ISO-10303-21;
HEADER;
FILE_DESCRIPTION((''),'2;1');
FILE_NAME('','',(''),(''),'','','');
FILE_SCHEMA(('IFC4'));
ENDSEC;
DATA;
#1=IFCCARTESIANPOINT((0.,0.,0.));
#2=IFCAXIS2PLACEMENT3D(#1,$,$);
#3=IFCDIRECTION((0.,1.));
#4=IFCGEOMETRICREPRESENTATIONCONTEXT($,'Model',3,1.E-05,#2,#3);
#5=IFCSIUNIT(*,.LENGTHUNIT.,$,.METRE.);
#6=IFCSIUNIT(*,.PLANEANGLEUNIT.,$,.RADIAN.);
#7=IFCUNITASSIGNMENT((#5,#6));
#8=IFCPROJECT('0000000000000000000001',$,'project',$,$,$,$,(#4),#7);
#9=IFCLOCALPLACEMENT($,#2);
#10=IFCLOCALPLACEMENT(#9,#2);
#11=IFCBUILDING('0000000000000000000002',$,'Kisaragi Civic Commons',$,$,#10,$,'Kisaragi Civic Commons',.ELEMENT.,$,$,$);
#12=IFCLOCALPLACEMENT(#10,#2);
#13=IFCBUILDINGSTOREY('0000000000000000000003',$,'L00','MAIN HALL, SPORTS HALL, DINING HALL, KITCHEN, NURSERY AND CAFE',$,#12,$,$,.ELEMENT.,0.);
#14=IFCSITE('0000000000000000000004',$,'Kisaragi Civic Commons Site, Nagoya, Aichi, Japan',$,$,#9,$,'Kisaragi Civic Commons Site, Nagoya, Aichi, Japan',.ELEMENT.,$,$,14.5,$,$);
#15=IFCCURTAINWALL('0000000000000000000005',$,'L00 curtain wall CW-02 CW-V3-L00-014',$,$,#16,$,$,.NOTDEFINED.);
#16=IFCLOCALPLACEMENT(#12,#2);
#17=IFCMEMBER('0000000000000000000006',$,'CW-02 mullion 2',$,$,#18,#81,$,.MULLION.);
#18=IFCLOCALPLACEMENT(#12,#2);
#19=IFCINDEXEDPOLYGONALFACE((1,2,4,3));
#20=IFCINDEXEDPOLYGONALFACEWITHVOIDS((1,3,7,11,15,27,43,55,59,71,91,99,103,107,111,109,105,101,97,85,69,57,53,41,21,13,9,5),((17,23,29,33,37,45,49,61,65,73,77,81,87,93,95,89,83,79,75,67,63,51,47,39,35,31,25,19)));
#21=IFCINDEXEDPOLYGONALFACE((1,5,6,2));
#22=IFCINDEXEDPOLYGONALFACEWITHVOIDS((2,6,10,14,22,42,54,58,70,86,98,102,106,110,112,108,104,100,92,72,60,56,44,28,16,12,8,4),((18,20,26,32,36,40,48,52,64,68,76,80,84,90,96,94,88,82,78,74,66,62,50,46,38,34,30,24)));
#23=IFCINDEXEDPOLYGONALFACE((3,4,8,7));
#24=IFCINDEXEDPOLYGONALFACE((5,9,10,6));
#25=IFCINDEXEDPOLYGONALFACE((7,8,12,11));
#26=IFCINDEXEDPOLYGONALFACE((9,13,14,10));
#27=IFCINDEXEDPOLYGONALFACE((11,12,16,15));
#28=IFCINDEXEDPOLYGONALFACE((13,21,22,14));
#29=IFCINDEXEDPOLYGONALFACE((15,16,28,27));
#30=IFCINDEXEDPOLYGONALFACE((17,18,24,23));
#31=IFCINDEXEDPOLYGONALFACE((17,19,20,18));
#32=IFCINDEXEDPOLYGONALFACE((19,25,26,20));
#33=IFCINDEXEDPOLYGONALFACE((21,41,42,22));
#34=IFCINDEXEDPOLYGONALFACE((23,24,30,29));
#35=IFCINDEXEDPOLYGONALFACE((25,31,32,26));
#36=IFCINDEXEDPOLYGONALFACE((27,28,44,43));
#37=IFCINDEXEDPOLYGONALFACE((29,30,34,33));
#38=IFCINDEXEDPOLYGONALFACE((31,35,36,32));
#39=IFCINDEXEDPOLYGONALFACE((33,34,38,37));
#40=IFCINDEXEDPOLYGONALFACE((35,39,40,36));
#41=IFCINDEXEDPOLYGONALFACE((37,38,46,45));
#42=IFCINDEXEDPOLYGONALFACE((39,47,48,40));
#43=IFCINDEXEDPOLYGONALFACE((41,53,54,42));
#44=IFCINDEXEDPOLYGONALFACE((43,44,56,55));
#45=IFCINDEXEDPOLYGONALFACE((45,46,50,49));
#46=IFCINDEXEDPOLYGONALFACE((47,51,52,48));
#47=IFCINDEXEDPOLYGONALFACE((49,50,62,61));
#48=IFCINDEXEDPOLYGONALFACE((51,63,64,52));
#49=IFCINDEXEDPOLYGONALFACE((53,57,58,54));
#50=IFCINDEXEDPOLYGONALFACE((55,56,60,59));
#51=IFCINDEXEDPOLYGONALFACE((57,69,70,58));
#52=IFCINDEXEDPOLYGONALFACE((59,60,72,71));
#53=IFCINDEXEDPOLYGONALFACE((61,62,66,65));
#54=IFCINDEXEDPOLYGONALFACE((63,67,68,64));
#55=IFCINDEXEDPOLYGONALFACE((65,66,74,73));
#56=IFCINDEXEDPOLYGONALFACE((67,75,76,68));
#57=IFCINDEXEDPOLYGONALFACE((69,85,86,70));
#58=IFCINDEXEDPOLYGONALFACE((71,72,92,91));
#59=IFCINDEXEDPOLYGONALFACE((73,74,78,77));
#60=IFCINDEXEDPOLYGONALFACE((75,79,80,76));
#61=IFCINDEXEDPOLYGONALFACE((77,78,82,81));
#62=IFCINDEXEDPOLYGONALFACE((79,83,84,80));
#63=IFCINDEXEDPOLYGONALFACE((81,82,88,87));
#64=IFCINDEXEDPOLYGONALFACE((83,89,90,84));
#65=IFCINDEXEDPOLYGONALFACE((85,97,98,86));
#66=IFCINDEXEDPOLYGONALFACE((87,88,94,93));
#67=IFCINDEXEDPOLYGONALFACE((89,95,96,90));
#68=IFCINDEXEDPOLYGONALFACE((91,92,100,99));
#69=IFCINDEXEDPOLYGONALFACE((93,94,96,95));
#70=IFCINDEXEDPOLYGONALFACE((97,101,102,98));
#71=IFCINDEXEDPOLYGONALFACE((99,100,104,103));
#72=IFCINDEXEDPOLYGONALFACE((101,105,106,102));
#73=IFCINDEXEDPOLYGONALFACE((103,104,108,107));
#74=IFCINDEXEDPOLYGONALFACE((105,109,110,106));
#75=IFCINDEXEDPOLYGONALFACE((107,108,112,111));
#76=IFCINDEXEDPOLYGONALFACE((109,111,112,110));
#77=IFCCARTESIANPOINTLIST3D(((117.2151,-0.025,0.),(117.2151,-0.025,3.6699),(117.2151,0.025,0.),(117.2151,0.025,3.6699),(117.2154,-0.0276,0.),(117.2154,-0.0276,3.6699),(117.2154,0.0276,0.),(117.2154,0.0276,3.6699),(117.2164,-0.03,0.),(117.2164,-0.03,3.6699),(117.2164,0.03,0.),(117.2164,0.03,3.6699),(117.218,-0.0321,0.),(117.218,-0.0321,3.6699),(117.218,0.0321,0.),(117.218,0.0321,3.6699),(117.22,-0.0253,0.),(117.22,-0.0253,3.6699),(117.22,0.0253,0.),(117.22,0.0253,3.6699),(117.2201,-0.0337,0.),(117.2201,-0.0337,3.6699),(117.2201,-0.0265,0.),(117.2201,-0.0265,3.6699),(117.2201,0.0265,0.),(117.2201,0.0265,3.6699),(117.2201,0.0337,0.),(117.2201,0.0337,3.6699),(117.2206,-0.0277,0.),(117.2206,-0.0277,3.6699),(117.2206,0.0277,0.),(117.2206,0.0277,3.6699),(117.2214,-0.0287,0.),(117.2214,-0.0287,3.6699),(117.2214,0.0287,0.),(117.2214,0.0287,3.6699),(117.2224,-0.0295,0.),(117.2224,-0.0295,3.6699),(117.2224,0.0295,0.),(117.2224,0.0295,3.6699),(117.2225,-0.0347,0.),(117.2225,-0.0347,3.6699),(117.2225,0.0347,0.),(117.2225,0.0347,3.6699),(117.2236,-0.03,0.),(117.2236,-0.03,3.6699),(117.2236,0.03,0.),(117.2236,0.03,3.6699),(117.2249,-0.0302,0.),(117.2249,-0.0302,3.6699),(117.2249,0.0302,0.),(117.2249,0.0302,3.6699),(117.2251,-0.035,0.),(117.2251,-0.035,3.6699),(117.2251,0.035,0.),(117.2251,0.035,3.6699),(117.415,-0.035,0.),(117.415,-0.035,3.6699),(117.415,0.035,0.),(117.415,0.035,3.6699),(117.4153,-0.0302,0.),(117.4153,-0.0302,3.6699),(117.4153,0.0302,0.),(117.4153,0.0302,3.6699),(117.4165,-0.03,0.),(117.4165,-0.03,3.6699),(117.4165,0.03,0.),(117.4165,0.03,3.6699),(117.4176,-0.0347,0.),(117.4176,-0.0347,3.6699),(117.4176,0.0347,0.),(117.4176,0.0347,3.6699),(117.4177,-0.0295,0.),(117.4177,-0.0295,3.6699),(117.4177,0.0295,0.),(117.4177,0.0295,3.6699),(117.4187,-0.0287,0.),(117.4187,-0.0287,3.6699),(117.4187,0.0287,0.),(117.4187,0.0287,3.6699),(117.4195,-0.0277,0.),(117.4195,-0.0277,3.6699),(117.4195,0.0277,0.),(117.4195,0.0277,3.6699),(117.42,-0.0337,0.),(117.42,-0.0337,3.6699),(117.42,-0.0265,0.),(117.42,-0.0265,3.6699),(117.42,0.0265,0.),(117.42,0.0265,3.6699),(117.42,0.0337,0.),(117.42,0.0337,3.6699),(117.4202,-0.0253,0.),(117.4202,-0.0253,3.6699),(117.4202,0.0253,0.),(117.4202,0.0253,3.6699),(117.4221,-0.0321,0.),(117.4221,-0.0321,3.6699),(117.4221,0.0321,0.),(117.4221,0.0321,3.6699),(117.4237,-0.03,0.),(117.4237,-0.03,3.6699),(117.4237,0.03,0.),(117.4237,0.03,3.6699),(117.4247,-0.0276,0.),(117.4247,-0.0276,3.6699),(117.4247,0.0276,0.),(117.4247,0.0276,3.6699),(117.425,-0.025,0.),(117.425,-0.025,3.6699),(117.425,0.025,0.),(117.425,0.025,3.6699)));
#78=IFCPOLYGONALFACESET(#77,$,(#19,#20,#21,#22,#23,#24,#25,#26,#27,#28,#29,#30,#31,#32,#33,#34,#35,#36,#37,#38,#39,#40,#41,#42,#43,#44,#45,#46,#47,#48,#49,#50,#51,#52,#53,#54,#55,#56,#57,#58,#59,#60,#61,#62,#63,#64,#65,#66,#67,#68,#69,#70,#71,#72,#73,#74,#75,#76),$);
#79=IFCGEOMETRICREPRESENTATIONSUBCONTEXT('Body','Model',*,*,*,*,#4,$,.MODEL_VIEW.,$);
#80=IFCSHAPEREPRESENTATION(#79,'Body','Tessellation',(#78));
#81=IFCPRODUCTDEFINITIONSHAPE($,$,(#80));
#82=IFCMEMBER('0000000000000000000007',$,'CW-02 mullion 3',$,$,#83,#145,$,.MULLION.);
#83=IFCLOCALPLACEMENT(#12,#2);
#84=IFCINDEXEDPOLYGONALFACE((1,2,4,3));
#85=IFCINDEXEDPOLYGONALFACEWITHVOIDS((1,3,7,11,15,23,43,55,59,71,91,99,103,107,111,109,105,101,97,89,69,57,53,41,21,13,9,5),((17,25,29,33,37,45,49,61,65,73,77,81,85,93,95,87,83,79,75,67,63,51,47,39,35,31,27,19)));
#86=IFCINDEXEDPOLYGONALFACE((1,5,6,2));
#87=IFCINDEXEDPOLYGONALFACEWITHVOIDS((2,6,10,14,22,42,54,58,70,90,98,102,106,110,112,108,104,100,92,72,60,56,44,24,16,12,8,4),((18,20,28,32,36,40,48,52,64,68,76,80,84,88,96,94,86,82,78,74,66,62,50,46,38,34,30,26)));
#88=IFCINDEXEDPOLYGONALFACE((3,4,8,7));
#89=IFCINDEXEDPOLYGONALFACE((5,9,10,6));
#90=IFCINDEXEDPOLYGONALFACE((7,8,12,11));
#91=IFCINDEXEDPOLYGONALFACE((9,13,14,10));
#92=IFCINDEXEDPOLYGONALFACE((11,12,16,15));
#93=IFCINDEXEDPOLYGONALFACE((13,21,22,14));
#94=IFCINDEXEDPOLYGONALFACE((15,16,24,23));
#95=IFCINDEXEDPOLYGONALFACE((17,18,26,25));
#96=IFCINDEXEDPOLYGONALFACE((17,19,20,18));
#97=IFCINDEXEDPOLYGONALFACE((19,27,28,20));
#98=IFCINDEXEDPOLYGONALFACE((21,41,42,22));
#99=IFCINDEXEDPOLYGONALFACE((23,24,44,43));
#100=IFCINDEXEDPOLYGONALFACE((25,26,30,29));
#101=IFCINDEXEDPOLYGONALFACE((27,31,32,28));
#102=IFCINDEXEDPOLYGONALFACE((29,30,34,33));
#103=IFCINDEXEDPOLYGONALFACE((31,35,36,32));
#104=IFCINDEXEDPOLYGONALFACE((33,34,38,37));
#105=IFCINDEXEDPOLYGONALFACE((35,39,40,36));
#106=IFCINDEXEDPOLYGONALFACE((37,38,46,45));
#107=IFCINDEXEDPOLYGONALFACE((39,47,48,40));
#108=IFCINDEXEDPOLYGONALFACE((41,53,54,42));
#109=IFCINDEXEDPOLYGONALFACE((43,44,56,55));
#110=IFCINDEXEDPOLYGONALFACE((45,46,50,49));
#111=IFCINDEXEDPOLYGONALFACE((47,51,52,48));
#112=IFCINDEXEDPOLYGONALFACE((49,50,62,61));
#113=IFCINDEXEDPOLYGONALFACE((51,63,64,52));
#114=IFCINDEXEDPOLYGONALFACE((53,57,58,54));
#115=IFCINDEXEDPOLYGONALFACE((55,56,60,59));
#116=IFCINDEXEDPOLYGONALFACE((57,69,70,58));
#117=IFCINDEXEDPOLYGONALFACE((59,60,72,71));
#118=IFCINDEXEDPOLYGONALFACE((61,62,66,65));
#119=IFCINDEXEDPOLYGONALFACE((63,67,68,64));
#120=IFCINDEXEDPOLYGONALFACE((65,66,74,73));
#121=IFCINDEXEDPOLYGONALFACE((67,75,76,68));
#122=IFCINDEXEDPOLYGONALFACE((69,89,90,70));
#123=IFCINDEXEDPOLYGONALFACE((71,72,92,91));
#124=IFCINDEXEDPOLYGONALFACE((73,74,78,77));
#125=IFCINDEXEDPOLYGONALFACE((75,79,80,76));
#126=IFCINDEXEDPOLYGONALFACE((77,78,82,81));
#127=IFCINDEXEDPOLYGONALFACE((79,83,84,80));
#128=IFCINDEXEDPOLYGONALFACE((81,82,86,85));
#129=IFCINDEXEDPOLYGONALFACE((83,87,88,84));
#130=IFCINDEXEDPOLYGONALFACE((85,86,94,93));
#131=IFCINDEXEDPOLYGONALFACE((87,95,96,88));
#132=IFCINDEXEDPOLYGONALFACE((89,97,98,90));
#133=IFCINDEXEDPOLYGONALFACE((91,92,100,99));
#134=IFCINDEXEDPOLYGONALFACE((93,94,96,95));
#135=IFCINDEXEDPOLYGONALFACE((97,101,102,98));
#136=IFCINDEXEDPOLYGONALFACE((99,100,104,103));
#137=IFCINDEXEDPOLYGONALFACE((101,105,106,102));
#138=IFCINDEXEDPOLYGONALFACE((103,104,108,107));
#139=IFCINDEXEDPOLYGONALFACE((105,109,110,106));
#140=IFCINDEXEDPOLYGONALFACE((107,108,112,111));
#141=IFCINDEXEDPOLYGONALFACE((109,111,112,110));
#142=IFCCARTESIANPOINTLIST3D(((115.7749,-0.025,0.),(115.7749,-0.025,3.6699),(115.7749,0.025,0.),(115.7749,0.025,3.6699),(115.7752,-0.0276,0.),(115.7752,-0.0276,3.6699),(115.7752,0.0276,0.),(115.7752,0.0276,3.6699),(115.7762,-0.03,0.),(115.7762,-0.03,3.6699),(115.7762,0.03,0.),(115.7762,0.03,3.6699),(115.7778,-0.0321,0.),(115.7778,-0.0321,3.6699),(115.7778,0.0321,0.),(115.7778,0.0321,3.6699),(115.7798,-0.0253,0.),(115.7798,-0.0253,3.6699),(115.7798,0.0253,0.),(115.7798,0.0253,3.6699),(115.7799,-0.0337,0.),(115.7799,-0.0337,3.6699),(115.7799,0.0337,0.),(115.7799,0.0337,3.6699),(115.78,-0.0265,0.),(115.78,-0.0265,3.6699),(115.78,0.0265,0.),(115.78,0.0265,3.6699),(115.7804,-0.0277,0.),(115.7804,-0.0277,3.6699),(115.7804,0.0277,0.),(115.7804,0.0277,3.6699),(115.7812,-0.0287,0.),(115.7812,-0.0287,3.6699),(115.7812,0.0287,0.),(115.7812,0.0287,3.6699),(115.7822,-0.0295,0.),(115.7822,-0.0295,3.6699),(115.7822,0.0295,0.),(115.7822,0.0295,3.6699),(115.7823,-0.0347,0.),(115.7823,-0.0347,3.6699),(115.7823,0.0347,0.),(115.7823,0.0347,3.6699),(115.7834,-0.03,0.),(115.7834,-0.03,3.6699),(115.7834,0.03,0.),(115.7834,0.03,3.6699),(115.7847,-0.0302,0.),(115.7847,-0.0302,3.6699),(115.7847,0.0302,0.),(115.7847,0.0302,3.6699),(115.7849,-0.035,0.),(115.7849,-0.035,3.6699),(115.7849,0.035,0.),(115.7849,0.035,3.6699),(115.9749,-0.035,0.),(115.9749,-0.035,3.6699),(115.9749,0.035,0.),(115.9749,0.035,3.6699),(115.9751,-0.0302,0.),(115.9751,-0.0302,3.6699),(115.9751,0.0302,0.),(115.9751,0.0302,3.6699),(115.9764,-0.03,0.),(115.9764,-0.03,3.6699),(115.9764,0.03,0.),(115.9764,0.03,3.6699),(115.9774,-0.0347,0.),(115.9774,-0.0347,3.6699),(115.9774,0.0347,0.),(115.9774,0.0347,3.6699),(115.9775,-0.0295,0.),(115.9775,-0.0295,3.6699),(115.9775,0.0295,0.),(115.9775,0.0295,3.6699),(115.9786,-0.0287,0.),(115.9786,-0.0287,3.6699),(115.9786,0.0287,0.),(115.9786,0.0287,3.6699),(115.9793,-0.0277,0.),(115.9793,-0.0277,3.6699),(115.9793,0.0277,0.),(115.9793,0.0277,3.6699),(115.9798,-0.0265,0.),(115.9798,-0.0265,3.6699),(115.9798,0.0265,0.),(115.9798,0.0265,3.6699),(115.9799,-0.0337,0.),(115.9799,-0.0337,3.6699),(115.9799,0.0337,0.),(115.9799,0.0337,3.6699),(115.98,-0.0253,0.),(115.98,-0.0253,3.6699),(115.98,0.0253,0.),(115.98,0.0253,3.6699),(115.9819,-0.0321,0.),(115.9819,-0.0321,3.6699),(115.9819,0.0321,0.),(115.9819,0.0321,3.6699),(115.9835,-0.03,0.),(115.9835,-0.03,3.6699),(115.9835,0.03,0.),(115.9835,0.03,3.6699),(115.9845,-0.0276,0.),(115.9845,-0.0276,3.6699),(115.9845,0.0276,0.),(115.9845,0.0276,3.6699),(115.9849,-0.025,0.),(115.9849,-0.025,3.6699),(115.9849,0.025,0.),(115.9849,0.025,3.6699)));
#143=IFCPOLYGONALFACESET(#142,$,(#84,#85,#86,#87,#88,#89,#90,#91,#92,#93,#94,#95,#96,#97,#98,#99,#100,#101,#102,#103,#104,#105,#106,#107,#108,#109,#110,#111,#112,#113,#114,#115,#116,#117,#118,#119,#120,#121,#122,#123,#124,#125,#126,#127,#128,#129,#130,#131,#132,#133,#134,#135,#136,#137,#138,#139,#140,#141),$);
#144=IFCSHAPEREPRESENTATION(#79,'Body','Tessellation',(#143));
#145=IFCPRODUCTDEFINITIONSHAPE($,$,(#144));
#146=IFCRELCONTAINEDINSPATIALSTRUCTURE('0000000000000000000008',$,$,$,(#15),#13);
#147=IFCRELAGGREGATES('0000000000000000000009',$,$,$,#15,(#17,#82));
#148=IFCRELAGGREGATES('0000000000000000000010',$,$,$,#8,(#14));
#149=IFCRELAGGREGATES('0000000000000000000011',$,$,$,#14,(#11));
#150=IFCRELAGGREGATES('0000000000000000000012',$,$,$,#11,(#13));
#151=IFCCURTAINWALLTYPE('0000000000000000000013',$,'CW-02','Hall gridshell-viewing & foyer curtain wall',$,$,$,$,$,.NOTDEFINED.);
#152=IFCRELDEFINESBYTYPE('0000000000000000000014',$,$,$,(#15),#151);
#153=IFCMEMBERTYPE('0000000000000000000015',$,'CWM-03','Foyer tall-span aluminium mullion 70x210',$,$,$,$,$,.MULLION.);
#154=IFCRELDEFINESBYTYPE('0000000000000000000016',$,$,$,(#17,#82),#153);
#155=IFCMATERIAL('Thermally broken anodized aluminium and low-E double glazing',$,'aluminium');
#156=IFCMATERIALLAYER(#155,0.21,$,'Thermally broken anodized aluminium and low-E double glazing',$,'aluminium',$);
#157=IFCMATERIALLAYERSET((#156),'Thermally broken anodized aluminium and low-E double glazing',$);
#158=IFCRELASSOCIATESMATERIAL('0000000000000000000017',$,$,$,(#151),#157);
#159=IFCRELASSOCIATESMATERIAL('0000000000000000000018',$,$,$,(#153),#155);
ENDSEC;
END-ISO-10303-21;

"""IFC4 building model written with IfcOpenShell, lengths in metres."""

from ifc_helpers import new_model, si_unit, direction, frame, origin, origin_2d, place, context, subcontext, project, spatial, hollow_rectangle, extrude, material, layer, layer_set, material_profile, profile_set, type_object, element, aggregate, save


model = new_model("IFC4")

# Units and contexts
model_context = context("Model", 3, precision=1e-05, world=origin(), true_north=direction((0.0, 1.0)))
body_context = subcontext(model_context, "Body", "Model", "MODEL_VIEW")
ifc_project = project(units=[si_unit("LENGTHUNIT", "METRE"), si_unit("PLANEANGLEUNIT", "RADIAN")], contexts=[model_context])

# Site, building, storey
site_placement = place(None, origin())
site = spatial("IfcSite", under=ifc_project, at=site_placement, Name="Kisaragi Civic Commons Site, Nagoya, Aichi, Japan", LongName="Kisaragi Civic Commons Site, Nagoya, Aichi, Japan", CompositionType="ELEMENT", RefElevation=14.5)
building_placement = place(site_placement, origin())
building = spatial("IfcBuilding", under=site, at=building_placement, Name="Kisaragi Civic Commons", LongName="Kisaragi Civic Commons", CompositionType="ELEMENT")
storey_placement = place(building_placement, origin())
storey = spatial("IfcBuildingStorey", under=building, at=storey_placement, Name="L00", Description="MAIN HALL, SPORTS HALL, DINING HALL, KITCHEN, NURSERY AND CAFE", CompositionType="ELEMENT", Elevation=0.0)

# Shared definitions
ifc_material_1 = material(Name="Thermally broken anodized aluminium and low-E double glazing", Category="aluminium")
ifc_layer_1 = layer(ifc_material_1, 0.21, Name="Thermally broken anodized aluminium and low-E double glazing", Category="aluminium")
ifc_layer_set_1 = layer_set([ifc_layer_1], Name="Thermally broken anodized aluminium and low-E double glazing")
curtain_wall_type = type_object("IfcCurtainWallType", Name="CW-02", Description="Hall gridshell-viewing & foyer curtain wall", PredefinedType="NOTDEFINED", material=ifc_layer_set_1)
ifc_material_profile_1 = material_profile(ifc_material_1, hollow_rectangle(XDim=0.0701, YDim=0.21, WallThickness=0.0049, InnerFilletRadius=0.0049, OuterFilletRadius=0.01, at=origin_2d()), Name="CWM-70x210x5", Category="aluminium")
ifc_profile_set_1 = profile_set([ifc_material_profile_1], Name="Thermally broken anodized aluminium and low-E double glazing")
member_type_1 = type_object("IfcMemberType", Name="CWM-03", Description="Foyer tall-span aluminium mullion 70x210", PredefinedType="MULLION", material=ifc_profile_set_1)

# Curtain wall, members
curtain_wall_1_placement = place(storey_placement, origin())
curtain_wall_1 = element("IfcCurtainWall", 1, at=curtain_wall_1_placement, inside=storey, type_object=curtain_wall_type, Name="L00 curtain wall CW-02 CW-V3-L00-014", PredefinedType="NOTDEFINED")
member_1_placement = place(storey_placement, frame((117.3201, 0.0, 0.0), z_axis=(0.0, 0.0, 1.0), x_axis=(0.0, -1.0, 0.0)))
member_1 = element("IfcMember", 2, at=member_1_placement, type_object=member_type_1, Name="CW-02 mullion 2", PredefinedType="MULLION", context=body_context, shape_type="SweptSolid", body=[
    extrude(hollow_rectangle(XDim=0.0701, YDim=0.21, WallThickness=0.0049, InnerFilletRadius=0.0049, OuterFilletRadius=0.01, at=origin_2d()), origin(), (0.0, 0.0, 1.0), 3.6699),
])
member_2_placement = place(storey_placement, frame((115.8799, 0.0, 0.0), z_axis=(0.0, 0.0, 1.0), x_axis=(0.0, -1.0, 0.0)))
member_2 = element("IfcMember", 3, at=member_2_placement, type_object=member_type_1, Name="CW-02 mullion 3", PredefinedType="MULLION", context=body_context, shape_type="SweptSolid", body=[
    extrude(hollow_rectangle(XDim=0.0701, YDim=0.21, WallThickness=0.0049, InnerFilletRadius=0.0049, OuterFilletRadius=0.01, at=origin_2d()), origin(), (0.0, 0.0, 1.0), 3.6699),
])

aggregate(curtain_wall_1, [member_1, member_2])

save(model, "model.ifc")
